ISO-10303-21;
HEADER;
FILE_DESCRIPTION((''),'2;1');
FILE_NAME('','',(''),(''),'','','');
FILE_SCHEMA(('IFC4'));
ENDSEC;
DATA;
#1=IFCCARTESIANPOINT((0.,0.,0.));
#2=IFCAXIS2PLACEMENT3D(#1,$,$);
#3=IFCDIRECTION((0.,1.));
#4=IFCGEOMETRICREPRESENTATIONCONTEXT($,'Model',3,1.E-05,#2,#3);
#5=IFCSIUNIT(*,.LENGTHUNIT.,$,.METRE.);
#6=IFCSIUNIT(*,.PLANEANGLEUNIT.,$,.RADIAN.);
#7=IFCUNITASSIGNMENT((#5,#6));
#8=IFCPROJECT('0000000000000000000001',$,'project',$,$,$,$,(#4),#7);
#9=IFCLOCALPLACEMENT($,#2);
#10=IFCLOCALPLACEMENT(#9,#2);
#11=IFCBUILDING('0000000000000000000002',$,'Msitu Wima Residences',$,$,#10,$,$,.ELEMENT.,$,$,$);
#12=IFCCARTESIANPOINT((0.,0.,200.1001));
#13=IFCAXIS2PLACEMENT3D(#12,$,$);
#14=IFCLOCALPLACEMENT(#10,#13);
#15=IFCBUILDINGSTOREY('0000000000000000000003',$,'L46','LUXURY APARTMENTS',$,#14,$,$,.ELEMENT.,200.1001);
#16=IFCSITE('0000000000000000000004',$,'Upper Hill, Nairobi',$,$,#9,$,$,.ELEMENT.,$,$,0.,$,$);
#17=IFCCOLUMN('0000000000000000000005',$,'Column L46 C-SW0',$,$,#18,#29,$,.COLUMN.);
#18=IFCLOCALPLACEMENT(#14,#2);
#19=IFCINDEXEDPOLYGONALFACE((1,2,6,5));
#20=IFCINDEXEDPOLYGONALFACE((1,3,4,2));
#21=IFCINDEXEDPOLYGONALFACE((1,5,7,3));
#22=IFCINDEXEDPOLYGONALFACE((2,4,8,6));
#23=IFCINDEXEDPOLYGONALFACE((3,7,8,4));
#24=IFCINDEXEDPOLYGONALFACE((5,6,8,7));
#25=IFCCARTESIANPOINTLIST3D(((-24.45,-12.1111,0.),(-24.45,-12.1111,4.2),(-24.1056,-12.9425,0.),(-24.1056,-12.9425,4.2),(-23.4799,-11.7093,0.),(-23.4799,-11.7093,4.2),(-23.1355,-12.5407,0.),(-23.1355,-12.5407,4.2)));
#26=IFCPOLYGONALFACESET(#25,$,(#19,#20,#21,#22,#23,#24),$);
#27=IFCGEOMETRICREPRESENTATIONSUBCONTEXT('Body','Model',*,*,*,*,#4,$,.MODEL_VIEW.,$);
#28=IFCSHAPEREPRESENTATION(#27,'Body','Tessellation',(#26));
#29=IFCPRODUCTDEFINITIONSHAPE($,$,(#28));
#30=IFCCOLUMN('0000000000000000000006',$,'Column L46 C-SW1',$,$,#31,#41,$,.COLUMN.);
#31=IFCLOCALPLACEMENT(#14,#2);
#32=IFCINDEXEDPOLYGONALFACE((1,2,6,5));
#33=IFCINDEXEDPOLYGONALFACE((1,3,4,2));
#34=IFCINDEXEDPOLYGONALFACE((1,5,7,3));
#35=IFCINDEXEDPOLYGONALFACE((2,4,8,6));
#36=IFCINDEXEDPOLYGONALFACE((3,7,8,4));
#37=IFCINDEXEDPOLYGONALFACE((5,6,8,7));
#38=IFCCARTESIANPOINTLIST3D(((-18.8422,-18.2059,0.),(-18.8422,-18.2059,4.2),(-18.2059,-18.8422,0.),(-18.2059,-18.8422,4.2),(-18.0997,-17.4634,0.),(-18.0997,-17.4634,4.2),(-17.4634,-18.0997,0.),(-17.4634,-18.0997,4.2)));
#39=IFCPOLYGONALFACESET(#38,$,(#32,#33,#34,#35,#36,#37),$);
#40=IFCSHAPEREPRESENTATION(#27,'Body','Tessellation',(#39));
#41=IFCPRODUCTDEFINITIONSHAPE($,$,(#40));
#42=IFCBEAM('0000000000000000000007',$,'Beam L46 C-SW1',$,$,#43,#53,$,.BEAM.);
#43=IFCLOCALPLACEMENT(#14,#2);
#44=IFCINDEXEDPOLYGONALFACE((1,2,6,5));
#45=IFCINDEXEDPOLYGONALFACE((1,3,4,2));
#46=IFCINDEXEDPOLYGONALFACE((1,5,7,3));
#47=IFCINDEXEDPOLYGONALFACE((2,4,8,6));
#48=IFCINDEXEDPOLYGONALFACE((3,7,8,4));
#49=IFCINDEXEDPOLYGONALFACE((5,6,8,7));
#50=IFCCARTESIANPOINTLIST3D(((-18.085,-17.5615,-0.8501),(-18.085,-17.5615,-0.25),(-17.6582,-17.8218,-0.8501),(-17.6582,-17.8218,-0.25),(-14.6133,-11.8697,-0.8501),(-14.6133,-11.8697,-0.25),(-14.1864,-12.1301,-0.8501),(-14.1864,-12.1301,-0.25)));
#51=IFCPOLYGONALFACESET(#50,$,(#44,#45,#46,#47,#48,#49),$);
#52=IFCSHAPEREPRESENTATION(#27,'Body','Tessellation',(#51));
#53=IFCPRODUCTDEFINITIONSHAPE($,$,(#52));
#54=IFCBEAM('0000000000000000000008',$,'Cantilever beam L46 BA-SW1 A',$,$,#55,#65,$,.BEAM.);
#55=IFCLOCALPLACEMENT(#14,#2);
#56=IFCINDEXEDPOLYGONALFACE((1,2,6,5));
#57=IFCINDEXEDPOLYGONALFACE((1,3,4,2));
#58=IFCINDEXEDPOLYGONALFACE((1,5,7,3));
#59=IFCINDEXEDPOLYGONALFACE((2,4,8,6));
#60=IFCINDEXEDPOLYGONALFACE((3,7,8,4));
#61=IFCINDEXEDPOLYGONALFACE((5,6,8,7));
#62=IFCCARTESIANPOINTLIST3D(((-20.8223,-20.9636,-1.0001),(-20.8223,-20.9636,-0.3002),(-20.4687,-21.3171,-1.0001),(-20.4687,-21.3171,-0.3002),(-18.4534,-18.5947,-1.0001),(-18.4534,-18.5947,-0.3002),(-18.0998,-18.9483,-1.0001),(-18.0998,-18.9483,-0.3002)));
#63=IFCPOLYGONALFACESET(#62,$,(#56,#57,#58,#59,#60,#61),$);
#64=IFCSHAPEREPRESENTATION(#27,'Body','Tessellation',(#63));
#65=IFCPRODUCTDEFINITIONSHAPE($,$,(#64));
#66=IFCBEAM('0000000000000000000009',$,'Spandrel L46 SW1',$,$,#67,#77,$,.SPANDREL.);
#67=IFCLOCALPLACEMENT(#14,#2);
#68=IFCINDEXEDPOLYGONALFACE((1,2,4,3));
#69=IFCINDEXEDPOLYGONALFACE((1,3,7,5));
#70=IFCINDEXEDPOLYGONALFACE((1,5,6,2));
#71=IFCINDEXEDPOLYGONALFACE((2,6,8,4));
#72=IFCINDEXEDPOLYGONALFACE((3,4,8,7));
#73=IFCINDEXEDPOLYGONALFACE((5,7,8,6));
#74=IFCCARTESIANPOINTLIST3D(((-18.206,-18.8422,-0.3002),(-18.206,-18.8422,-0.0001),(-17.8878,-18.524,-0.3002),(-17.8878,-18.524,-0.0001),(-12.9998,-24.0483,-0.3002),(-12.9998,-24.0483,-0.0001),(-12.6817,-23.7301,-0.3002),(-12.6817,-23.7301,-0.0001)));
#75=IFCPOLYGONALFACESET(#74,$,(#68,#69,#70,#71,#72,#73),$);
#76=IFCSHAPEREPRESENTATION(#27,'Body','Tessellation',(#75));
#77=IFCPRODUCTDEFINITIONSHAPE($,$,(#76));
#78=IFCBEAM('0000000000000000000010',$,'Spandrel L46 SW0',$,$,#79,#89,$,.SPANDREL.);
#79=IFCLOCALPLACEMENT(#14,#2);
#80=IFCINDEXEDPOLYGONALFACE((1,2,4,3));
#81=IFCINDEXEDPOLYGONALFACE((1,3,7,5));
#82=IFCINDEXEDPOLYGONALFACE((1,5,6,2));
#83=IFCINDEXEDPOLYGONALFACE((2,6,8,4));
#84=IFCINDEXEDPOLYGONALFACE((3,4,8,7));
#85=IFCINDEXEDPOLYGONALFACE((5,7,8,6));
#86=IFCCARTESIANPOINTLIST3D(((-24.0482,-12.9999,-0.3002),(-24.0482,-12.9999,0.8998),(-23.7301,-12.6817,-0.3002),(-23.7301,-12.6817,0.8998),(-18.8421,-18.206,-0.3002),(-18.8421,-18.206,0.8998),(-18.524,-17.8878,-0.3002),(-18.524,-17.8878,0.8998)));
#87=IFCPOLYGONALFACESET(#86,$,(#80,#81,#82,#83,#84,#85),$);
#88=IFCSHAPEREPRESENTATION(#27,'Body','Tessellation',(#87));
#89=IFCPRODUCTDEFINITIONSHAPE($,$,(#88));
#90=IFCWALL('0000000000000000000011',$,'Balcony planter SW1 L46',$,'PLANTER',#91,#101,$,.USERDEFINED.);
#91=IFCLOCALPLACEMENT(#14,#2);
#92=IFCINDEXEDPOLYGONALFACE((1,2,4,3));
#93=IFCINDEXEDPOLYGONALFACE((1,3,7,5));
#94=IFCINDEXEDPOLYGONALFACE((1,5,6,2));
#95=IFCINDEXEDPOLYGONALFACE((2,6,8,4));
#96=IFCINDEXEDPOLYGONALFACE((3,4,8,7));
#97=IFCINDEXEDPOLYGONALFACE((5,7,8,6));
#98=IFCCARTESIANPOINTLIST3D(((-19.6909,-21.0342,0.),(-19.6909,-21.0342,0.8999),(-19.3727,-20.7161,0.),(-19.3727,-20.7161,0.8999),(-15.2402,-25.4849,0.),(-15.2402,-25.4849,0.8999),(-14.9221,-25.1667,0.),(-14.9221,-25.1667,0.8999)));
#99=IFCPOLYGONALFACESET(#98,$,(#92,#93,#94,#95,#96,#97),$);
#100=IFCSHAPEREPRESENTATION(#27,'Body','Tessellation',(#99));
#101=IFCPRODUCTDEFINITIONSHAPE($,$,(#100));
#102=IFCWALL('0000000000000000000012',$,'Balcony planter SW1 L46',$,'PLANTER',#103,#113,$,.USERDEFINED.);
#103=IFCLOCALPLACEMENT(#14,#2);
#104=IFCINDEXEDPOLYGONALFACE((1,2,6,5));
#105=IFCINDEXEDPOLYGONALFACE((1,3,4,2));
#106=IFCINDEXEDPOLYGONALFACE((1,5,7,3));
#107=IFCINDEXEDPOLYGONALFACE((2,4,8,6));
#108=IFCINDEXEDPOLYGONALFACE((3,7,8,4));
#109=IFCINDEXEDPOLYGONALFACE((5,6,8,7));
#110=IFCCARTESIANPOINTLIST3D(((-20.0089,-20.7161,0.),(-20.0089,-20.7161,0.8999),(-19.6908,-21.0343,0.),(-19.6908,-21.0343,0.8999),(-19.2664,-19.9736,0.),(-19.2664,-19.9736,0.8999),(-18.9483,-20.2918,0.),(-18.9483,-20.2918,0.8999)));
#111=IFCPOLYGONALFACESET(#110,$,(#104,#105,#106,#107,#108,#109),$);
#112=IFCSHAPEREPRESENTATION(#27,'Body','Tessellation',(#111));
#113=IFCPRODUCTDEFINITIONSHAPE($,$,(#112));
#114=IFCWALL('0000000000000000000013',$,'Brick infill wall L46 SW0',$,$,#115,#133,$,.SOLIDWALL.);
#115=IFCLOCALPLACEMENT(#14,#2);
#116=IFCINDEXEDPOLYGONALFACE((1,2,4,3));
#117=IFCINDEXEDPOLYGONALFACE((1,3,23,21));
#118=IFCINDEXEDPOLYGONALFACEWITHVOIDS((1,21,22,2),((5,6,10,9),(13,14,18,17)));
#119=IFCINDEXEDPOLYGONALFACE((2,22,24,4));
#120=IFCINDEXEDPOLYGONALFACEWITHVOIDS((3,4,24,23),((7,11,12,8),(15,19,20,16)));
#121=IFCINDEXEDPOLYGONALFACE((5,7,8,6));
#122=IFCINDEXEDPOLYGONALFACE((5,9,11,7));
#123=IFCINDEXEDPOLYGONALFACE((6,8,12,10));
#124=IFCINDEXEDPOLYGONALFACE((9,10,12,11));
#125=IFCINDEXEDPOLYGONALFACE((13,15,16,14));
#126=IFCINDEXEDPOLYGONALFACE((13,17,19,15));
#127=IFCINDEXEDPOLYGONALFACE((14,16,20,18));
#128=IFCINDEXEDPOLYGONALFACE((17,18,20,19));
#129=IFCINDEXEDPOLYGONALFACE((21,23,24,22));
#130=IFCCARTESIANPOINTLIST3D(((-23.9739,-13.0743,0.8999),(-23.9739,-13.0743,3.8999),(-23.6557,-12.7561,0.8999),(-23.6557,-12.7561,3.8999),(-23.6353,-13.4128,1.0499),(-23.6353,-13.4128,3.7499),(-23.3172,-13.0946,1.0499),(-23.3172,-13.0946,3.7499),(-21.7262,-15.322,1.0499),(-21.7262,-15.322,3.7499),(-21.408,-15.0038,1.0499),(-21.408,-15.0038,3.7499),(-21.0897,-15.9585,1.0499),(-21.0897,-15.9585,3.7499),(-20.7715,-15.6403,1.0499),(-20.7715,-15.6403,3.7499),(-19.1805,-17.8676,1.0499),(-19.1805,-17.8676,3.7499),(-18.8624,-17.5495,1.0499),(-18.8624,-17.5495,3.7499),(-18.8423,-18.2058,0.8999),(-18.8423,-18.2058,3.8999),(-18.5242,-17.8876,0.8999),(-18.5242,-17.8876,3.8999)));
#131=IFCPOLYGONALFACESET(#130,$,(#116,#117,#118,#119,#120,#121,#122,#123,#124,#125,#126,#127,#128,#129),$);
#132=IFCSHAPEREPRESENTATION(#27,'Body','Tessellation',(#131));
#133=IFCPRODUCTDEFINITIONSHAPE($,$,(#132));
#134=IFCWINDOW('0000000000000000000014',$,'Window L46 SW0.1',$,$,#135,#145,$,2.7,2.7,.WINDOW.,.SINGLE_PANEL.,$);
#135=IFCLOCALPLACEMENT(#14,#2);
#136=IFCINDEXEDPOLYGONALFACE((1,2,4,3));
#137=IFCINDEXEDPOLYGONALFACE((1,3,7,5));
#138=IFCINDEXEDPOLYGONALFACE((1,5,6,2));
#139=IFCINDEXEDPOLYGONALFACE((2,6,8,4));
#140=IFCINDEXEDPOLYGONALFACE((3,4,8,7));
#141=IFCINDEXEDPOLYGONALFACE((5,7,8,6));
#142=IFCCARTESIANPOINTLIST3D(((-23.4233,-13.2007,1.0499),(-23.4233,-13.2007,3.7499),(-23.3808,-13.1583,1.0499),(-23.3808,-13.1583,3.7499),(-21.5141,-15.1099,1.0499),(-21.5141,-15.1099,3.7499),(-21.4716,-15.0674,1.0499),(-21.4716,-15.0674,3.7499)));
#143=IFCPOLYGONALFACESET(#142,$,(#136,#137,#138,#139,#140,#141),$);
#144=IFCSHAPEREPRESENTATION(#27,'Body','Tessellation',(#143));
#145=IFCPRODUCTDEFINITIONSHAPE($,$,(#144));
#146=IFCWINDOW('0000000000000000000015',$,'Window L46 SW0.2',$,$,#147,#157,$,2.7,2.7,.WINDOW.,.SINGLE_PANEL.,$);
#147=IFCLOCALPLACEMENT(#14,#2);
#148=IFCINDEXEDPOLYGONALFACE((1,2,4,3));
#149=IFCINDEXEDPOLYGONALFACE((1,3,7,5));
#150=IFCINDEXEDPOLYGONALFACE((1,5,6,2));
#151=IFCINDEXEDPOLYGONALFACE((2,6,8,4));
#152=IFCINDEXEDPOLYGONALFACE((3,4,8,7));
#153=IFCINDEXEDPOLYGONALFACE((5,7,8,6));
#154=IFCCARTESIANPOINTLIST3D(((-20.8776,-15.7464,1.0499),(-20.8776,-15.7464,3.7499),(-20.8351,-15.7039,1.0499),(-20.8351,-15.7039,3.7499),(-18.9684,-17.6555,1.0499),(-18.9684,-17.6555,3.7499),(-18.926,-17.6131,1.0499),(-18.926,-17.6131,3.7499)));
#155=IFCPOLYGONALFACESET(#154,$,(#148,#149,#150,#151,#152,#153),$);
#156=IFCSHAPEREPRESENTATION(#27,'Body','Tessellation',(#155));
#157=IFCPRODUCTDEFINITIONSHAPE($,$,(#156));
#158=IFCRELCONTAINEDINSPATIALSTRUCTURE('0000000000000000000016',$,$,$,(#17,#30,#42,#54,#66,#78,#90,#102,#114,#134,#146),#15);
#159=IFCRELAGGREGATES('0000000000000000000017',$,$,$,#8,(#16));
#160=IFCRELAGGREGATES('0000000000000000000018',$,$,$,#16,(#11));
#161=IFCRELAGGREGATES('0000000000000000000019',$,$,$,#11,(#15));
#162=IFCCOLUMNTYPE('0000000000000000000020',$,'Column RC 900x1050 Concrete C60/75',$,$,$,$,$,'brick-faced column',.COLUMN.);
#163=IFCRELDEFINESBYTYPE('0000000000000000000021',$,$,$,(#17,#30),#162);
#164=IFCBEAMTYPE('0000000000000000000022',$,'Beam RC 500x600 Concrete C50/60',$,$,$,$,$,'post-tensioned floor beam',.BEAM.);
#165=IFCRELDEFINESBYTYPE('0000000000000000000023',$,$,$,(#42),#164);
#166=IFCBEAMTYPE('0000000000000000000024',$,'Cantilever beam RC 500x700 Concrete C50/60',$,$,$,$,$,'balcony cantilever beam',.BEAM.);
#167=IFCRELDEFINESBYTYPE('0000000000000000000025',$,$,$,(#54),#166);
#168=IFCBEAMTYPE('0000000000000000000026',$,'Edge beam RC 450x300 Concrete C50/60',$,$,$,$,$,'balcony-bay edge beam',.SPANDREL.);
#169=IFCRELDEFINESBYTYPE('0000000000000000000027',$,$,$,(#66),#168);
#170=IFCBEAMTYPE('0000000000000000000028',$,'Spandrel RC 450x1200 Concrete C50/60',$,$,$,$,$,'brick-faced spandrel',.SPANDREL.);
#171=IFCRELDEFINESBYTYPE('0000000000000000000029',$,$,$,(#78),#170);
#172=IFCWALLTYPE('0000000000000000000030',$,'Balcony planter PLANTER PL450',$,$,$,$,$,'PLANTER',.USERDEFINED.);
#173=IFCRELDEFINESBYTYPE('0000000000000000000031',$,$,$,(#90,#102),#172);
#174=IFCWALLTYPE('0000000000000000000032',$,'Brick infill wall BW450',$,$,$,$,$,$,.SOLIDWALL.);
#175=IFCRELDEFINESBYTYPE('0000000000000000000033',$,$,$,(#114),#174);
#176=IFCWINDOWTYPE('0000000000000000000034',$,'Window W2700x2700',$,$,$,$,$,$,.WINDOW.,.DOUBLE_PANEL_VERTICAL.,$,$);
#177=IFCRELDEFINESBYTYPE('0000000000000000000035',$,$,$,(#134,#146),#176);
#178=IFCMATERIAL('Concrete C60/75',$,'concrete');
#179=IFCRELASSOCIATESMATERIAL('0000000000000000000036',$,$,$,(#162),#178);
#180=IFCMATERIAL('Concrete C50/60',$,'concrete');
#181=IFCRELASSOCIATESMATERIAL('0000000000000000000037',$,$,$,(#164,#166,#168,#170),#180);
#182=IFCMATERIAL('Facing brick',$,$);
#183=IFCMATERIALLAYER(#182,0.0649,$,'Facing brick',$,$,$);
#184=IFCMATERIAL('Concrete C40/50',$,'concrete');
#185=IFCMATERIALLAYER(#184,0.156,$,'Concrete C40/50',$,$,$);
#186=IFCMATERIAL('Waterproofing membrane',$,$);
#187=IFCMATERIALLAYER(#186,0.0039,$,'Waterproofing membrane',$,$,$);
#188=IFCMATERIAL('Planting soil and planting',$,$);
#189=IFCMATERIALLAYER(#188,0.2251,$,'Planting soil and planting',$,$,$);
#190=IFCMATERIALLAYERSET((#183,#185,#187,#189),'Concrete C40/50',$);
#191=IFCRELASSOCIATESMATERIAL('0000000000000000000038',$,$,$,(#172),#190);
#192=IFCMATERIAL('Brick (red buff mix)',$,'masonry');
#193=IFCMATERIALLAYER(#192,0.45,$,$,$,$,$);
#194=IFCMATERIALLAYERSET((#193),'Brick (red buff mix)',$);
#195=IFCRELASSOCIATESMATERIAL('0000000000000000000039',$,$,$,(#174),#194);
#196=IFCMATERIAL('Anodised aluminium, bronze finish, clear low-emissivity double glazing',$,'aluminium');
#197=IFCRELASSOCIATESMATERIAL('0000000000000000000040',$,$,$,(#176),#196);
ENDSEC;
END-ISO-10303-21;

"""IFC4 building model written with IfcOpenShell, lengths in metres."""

from ifc_helpers import new_model, si_unit, direction, frame, frame_2d, origin, origin_2d, place, context, subcontext, project, spatial, rectangle, extrude, material, layer, layer_set, material_profile, profile_set, type_object, element, fill, save


model = new_model("IFC4")

# Units and contexts
model_context = context("Model", 3, precision=1e-05, world=origin(), true_north=direction((0.0, 1.0)))
body_context = subcontext(model_context, "Body", "Model", "MODEL_VIEW")
ifc_project = project(units=[si_unit("LENGTHUNIT", "METRE"), si_unit("PLANEANGLEUNIT", "RADIAN")], contexts=[model_context])

# Site, building, storey
site_placement = place(None, origin())
site = spatial("IfcSite", under=ifc_project, at=site_placement, Name="Upper Hill, Nairobi", CompositionType="ELEMENT", RefElevation=0.0)
building_placement = place(site_placement, origin())
building = spatial("IfcBuilding", under=site, at=building_placement, Name="Msitu Wima Residences", CompositionType="ELEMENT")
storey_placement = place(building_placement, frame((0.0, 0.0, 200.1001)))
storey = spatial("IfcBuildingStorey", under=building, at=storey_placement, Name="L46", Description="LUXURY APARTMENTS", CompositionType="ELEMENT", Elevation=200.1001)

# Columns
ifc_material_1 = material(Name="Concrete C60/75", Category="concrete")
ifc_material_profile_1 = material_profile(ifc_material_1, rectangle(XDim=0.8999, YDim=1.05, at=origin_2d()), Name="RC 900x1050")
ifc_profile_set_1 = profile_set([ifc_material_profile_1], Name="Concrete C60/75")
column_type = type_object("IfcColumnType", Name="Column RC 900x1050 Concrete C60/75", ElementType="brick-faced column", PredefinedType="COLUMN", material=ifc_profile_set_1)
for number, where, z_axis, x_axis, name in (
    (1, (-23.7927, -12.3259, 0.0), (0.0, 0.0, 1.0), (0.382683, -0.92388, 0.0), "Column L46 C-SW0"),
    (2, (-18.1528, -18.1528, 0.0), (0.0, 0.0, 1.0), (0.707107, -0.707107, 0.0), "Column L46 C-SW1"),
):
    element("IfcColumn", number, at=place(storey_placement, frame(where, z_axis=z_axis, x_axis=x_axis)), inside=storey, type_object=column_type, Name=name, PredefinedType="COLUMN", context=body_context, shape_type="SweptSolid", body=[
        extrude(rectangle(XDim=0.8999, YDim=1.05, at=origin_2d()), origin(), (0.0, 0.0, 1.0), 4.2),
    ])

# Beams
ifc_material_2 = material(Name="Concrete C50/60", Category="concrete")
ifc_material_profile_2 = material_profile(ifc_material_2, rectangle(XDim=0.5, YDim=0.6001, at=origin_2d()), Name="RC 500x600")
ifc_profile_set_2 = profile_set([ifc_material_profile_2], Name="Concrete C50/60")
beam_type_1 = type_object("IfcBeamType", Name="Beam RC 500x600 Concrete C50/60", ElementType="post-tensioned floor beam", PredefinedType="BEAM", material=ifc_profile_set_2)
beam_1_placement = place(storey_placement, frame((-17.8716, -17.6917, -0.55), z_axis=(0.520734, 0.853719, 0.0), x_axis=(-0.853719, 0.520734, 0.0)))
element("IfcBeam", 3, at=beam_1_placement, inside=storey, type_object=beam_type_1, Name="Beam L46 C-SW1", PredefinedType="BEAM", context=body_context, shape_type="SweptSolid", body=[
    extrude(rectangle(XDim=0.5, YDim=0.6001, at=origin_2d()), origin(), (0.0, 0.0, 1.0), 6.667),
])
ifc_material_profile_3 = material_profile(ifc_material_2, rectangle(XDim=0.5, YDim=0.7, at=origin_2d()), Name="RC 500x700")
ifc_profile_set_3 = profile_set([ifc_material_profile_3], Name="Concrete C50/60")
beam_type_2 = type_object("IfcBeamType", Name="Cantilever beam RC 500x700 Concrete C50/60", ElementType="balcony cantilever beam", PredefinedType="BEAM", material=ifc_profile_set_3)
beam_2_placement = place(storey_placement, frame((-18.2766, -18.7715, -0.6501), z_axis=(-0.707107, -0.707107, 0.0), x_axis=(0.707107, -0.707107, 0.0)))
element("IfcBeam", 4, at=beam_2_placement, inside=storey, type_object=beam_type_2, Name="Cantilever beam L46 BA-SW1 A", PredefinedType="BEAM", context=body_context, shape_type="SweptSolid", body=[
    extrude(rectangle(XDim=0.5, YDim=0.7, at=origin_2d()), origin(), (0.0, 0.0, 1.0), 3.3501),
])
ifc_material_profile_4 = material_profile(ifc_material_2, rectangle(XDim=0.45, YDim=0.3, at=origin_2d()), Name="RC 450x300")
ifc_profile_set_4 = profile_set([ifc_material_profile_4], Name="Concrete C50/60")
beam_type_3 = type_object("IfcBeamType", Name="Edge beam RC 450x300 Concrete C50/60", ElementType="balcony-bay edge beam", PredefinedType="SPANDREL", material=ifc_profile_set_4)
beam_3_placement = place(storey_placement, frame((-18.0469, -18.6831, -0.1501), z_axis=(0.707107, -0.707107, 0.0), x_axis=(0.707107, 0.707107, 0.0)))
element("IfcBeam", 5, at=beam_3_placement, inside=storey, type_object=beam_type_3, Name="Spandrel L46 SW1", PredefinedType="SPANDREL", context=body_context, shape_type="SweptSolid", body=[
    extrude(rectangle(XDim=0.45, YDim=0.3, at=origin_2d()), origin(), (0.0, 0.0, 1.0), 7.3625),
])
ifc_material_profile_5 = material_profile(ifc_material_2, rectangle(XDim=0.45, YDim=1.2, at=origin_2d()), Name="RC 450x1200")
ifc_profile_set_5 = profile_set([ifc_material_profile_5], Name="Concrete C50/60")
beam_type_4 = type_object("IfcBeamType", Name="Spandrel RC 450x1200 Concrete C50/60", ElementType="brick-faced spandrel", PredefinedType="SPANDREL", material=ifc_profile_set_5)
beam_4_placement = place(storey_placement, frame((-23.8892, -12.8408, 0.2998), z_axis=(0.707107, -0.707107, 0.0), x_axis=(0.707107, 0.707107, 0.0)))
element("IfcBeam", 6, at=beam_4_placement, inside=storey, type_object=beam_type_4, Name="Spandrel L46 SW0", PredefinedType="SPANDREL", context=body_context, shape_type="SweptSolid", body=[
    extrude(rectangle(XDim=0.45, YDim=1.2, at=origin_2d()), origin(), (0.0, 0.0, 1.0), 7.3625),
])

# Walls
ifc_material_3 = material(Name="Facing brick")
ifc_layer_1 = layer(ifc_material_3, 0.0649, Name="Facing brick")
ifc_material_4 = material(Name="Concrete C40/50", Category="concrete")
ifc_layer_2 = layer(ifc_material_4, 0.156, Name="Concrete C40/50")
ifc_material_5 = material(Name="Waterproofing membrane")
ifc_layer_3 = layer(ifc_material_5, 0.0039, Name="Waterproofing membrane")
ifc_material_6 = material(Name="Planting soil and planting")
ifc_layer_4 = layer(ifc_material_6, 0.2251, Name="Planting soil and planting")
ifc_layer_set_1 = layer_set([ifc_layer_1, ifc_layer_2, ifc_layer_3, ifc_layer_4], Name="Concrete C40/50")
wall_type_1 = type_object("IfcWallType", Name="Balcony planter PLANTER PL450", ElementType="PLANTER", PredefinedType="USERDEFINED", material=ifc_layer_set_1)
wall_1_placement = place(storey_placement, frame((-19.5317, -20.8752, 0.0), z_axis=(0.0, 0.0, 1.0), x_axis=(0.707107, -0.707107, 0.0)))
element("IfcWall", 7, at=wall_1_placement, inside=storey, type_object=wall_type_1, Name="Balcony planter SW1 L46", ObjectType="PLANTER", PredefinedType="USERDEFINED", context=body_context, shape_type="SweptSolid", body=[
    extrude(rectangle(XDim=6.2942, YDim=0.45, at=frame_2d((3.147, 0.0))), origin(), (0.0, 0.0, 1.0), 0.8999),
])
wall_2_placement = place(storey_placement, frame((-19.1074, -20.1328, 0.0), z_axis=(0.0, 0.0, 1.0), x_axis=(-0.707107, -0.707107, 0.0)))
element("IfcWall", 8, at=wall_2_placement, inside=storey, type_object=wall_type_1, Name="Balcony planter SW1 L46", ObjectType="PLANTER", PredefinedType="USERDEFINED", context=body_context, shape_type="SweptSolid", body=[
    extrude(rectangle(XDim=1.05, YDim=0.45, at=frame_2d((0.5249, 0.0))), origin(), (0.0, 0.0, 1.0), 0.8999),
])

# Wall, openings, windows
ifc_material_7 = material(Name="Brick (red buff mix)", Category="masonry")
ifc_layer_5 = layer(ifc_material_7, 0.45)
ifc_layer_set_2 = layer_set([ifc_layer_5], Name="Brick (red buff mix)")
wall_type_2 = type_object("IfcWallType", Name="Brick infill wall BW450", PredefinedType="SOLIDWALL", material=ifc_layer_set_2)
wall_3_placement = place(storey_placement, frame((-23.8147, -12.9153, 0.8999), z_axis=(0.0, 0.0, 1.0), x_axis=(0.707107, -0.707107, 0.0)))
wall_3 = element("IfcWall", 9, at=wall_3_placement, inside=storey, type_object=wall_type_2, Name="Brick infill wall L46 SW0", PredefinedType="SOLIDWALL", context=body_context, shape_type="SweptSolid", body=[
    extrude(rectangle(XDim=7.2571, YDim=0.45, at=frame_2d((3.6284, 0.0))), origin(), (0.0, 0.0, 1.0), 3.0),
])
opening_1_placement = place(wall_3_placement, frame((0.4785, 0.0, 0.1499)))
opening_1 = element("IfcOpeningElement", 10, at=opening_1_placement, cuts=wall_3, PredefinedType="OPENING", context=body_context, shape_type="SweptSolid", body=[
    extrude(rectangle(XDim=2.7, YDim=2.7, at=frame_2d((1.3501, 1.3501))), frame((0.0, 0.2349, 0.0), z_axis=(0.0, -1.0, 0.0), x_axis=(1.0, 0.0, 0.0)), (0.0, 0.0, 1.0), 0.47),
])
opening_2_placement = place(wall_3_placement, frame((4.0786, 0.0, 0.1499)))
opening_2 = element("IfcOpeningElement", 11, at=opening_2_placement, cuts=wall_3, PredefinedType="OPENING", context=body_context, shape_type="SweptSolid", body=[
    extrude(rectangle(XDim=2.7, YDim=2.7, at=frame_2d((1.3501, 1.3501))), frame((0.0, 0.2349, 0.0), z_axis=(0.0, -1.0, 0.0), x_axis=(1.0, 0.0, 0.0)), (0.0, 0.0, 1.0), 0.47),
])
ifc_material_8 = material(Name="Anodised aluminium, bronze finish, clear low-emissivity double glazing", Category="aluminium")
window_type = type_object("IfcWindowType", Name="Window W2700x2700", PartitioningType="DOUBLE_PANEL_VERTICAL", PredefinedType="WINDOW", material=ifc_material_8)
window_1_placement = place(opening_1_placement, origin())
window_1 = element("IfcWindow", 12, at=window_1_placement, inside=storey, type_object=window_type, Name="Window L46 SW0.1", OverallHeight=2.7, OverallWidth=2.7, PartitioningType="SINGLE_PANEL", PredefinedType="WINDOW", context=body_context, shape_type="SweptSolid", body=[
    extrude(rectangle(XDim=2.7, YDim=2.7, at=frame_2d((1.3501, 1.3501))), frame((0.0, 0.135, 0.0), z_axis=(0.0, -1.0, 0.0), x_axis=(1.0, 0.0, 0.0)), (0.0, 0.0, 1.0), 0.0601),
])
fill(opening_1, window_1)
window_2_placement = place(opening_2_placement, origin())
window_2 = element("IfcWindow", 13, at=window_2_placement, inside=storey, type_object=window_type, Name="Window L46 SW0.2", OverallHeight=2.7, OverallWidth=2.7, PartitioningType="SINGLE_PANEL", PredefinedType="WINDOW", context=body_context, shape_type="SweptSolid", body=[
    extrude(rectangle(XDim=2.7, YDim=2.7, at=frame_2d((1.3501, 1.3501))), frame((0.0, 0.135, 0.0), z_axis=(0.0, -1.0, 0.0), x_axis=(1.0, 0.0, 0.0)), (0.0, 0.0, 1.0), 0.0601),
])
fill(opening_2, window_2)

save(model, "model.ifc")
